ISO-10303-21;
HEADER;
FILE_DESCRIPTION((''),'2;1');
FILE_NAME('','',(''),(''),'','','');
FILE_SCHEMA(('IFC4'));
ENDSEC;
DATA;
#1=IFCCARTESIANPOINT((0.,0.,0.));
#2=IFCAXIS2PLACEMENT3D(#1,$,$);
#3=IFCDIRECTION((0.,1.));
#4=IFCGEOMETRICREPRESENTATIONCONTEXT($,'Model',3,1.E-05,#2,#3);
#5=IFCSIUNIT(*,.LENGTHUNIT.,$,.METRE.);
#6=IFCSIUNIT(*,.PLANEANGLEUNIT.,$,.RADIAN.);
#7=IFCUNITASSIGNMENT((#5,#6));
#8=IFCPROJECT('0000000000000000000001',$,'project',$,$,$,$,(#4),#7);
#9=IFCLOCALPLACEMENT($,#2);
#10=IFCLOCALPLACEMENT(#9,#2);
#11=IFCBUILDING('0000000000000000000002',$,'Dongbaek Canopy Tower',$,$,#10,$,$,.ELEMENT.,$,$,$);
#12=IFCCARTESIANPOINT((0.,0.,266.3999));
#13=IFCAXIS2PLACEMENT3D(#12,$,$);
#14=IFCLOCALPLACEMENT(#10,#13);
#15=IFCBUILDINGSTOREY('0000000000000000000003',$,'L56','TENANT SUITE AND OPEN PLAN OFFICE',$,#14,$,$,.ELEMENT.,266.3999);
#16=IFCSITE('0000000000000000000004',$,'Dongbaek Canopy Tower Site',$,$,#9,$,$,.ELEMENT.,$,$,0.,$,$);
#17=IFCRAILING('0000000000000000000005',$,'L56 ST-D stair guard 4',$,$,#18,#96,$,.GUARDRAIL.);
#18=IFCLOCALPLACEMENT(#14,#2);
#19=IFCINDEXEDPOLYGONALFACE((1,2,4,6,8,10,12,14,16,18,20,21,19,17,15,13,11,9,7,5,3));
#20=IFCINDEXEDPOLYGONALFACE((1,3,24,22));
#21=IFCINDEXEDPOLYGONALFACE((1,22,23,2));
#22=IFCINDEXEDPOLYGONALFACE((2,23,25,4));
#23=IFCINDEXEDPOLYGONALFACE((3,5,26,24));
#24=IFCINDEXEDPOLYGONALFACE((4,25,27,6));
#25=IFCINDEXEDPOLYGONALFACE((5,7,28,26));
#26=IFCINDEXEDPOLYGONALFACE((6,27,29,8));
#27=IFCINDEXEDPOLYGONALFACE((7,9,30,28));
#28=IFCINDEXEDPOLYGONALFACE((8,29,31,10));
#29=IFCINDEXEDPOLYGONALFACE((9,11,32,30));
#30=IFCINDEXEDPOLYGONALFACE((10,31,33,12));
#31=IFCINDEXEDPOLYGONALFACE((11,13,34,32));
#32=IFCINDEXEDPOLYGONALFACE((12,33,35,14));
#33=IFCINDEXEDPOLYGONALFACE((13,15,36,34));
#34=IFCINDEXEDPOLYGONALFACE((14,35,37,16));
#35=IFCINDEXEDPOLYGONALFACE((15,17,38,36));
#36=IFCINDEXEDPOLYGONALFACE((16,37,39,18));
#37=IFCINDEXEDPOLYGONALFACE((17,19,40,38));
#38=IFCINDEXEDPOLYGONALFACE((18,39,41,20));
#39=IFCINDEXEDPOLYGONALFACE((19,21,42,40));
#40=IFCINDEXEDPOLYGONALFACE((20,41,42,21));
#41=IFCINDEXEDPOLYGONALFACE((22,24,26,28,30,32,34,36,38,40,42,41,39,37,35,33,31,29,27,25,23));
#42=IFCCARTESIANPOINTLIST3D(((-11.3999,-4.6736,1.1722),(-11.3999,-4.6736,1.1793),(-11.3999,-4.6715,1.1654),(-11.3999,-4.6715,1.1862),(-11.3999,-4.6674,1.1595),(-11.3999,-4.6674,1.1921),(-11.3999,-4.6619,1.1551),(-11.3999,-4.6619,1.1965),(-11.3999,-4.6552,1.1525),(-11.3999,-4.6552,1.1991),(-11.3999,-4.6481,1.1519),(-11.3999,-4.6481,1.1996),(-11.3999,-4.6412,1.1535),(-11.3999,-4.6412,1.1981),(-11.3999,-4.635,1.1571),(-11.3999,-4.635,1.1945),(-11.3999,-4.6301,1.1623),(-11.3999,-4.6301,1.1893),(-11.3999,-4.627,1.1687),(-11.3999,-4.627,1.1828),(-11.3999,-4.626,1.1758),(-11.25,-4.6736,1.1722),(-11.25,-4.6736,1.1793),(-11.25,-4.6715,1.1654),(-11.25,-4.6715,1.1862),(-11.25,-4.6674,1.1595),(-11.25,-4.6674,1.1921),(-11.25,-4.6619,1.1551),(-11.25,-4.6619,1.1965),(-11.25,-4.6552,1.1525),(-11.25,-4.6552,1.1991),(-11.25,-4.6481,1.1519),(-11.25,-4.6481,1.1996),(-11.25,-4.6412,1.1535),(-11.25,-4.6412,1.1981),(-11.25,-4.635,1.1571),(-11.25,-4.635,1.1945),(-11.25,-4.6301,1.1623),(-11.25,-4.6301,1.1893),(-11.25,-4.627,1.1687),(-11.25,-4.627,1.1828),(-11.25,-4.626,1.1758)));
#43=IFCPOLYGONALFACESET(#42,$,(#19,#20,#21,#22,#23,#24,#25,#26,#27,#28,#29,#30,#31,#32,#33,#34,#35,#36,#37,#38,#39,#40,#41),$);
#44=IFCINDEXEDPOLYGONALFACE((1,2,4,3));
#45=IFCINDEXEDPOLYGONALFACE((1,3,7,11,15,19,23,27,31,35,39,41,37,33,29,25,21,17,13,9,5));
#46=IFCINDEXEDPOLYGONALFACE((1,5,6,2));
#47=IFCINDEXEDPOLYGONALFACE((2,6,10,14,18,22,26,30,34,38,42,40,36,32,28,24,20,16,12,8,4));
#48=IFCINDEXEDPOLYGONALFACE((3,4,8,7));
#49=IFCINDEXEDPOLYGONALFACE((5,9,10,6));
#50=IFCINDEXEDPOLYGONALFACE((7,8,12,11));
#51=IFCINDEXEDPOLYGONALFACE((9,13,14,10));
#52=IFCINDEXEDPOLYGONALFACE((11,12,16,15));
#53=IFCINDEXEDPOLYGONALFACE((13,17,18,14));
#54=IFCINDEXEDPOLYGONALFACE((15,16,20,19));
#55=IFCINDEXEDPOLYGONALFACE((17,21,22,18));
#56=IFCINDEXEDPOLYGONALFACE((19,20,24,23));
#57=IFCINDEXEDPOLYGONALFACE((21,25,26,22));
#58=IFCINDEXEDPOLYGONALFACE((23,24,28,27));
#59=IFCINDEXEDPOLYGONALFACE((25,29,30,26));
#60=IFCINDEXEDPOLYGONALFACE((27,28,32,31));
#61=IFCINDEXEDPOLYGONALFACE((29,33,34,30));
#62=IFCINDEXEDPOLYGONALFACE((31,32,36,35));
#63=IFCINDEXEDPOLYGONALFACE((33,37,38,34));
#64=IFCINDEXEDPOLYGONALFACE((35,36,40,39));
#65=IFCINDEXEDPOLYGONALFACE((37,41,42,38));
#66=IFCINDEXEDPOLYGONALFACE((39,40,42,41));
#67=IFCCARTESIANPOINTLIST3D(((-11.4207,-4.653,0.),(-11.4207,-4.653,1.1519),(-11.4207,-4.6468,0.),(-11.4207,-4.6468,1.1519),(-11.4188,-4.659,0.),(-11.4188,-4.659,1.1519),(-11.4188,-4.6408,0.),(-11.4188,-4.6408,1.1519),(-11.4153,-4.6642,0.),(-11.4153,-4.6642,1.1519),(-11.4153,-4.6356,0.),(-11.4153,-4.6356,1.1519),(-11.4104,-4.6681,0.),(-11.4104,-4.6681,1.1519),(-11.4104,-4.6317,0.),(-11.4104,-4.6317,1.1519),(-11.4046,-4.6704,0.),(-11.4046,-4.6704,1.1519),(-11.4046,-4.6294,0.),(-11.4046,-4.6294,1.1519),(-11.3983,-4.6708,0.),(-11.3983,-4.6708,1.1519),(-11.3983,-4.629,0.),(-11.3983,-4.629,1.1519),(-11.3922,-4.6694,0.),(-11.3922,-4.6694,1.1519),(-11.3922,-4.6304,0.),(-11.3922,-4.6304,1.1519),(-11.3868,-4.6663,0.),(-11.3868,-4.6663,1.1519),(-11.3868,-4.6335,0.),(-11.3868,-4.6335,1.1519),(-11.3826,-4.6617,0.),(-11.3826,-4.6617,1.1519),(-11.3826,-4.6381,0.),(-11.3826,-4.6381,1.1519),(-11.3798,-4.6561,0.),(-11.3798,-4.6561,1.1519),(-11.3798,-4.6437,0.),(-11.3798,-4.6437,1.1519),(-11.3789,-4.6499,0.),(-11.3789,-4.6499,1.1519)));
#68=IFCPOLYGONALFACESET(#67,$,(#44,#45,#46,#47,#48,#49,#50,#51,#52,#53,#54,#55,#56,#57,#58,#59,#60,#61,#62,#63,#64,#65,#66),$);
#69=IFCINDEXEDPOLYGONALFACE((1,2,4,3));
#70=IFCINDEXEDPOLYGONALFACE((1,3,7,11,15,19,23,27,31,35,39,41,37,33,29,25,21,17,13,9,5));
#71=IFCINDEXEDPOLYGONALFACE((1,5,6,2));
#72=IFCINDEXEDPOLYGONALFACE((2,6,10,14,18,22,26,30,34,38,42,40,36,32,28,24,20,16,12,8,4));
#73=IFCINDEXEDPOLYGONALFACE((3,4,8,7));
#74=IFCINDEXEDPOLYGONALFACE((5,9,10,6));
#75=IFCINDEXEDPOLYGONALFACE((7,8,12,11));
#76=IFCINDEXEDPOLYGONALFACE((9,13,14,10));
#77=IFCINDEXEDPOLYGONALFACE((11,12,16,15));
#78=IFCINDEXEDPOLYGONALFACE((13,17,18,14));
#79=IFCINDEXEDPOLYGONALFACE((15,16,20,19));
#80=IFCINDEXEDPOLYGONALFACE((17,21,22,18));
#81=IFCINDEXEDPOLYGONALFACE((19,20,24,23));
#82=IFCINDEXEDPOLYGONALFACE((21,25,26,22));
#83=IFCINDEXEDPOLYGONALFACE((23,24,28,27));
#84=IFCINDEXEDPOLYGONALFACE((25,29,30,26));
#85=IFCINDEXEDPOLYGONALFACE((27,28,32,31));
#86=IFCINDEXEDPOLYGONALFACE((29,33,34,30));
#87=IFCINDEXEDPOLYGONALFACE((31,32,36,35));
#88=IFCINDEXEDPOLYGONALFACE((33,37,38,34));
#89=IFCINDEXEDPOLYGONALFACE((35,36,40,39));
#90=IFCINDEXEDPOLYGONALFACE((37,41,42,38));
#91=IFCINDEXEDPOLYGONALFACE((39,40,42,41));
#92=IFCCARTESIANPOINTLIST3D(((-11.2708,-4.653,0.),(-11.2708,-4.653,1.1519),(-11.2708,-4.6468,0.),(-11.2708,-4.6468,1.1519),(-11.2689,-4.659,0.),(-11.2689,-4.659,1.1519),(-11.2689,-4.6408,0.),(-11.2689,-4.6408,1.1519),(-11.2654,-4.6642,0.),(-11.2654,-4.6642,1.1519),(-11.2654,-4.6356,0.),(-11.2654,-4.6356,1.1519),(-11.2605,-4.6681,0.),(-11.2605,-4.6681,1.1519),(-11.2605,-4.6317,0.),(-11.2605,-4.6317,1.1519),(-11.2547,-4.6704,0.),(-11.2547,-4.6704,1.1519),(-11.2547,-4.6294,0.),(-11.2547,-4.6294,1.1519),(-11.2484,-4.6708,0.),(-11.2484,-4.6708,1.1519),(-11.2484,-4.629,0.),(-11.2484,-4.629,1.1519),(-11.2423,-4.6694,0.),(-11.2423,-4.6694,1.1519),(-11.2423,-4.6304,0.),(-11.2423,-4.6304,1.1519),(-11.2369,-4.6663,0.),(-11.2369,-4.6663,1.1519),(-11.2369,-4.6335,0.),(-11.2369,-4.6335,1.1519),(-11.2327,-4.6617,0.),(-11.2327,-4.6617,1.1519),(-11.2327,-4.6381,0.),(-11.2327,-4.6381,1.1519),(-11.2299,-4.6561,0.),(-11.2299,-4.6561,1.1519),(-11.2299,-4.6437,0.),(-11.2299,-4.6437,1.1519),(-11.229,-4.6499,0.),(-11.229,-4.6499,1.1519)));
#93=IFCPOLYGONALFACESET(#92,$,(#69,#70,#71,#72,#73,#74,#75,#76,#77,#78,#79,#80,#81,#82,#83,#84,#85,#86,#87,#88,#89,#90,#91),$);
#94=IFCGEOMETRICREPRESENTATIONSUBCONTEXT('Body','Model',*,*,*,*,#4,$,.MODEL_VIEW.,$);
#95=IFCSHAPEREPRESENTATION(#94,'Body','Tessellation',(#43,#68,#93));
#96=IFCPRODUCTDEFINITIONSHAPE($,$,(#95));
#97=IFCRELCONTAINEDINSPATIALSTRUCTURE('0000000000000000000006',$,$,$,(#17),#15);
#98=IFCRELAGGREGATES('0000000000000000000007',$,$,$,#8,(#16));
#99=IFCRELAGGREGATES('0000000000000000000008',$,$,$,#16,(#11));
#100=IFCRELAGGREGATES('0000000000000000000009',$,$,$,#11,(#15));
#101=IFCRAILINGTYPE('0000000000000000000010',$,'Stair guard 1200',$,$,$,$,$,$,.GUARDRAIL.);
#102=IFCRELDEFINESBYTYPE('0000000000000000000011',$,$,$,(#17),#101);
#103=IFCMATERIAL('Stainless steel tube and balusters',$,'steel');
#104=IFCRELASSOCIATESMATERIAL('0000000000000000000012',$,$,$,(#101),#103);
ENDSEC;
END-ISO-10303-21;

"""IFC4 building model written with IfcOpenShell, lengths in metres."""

from ifc_helpers import new_model, si_unit, direction, frame, origin, origin_2d, place, context, subcontext, project, spatial, circle, extrude, material, type_object, element, save


model = new_model("IFC4")

# Units and contexts
model_context = context("Model", 3, precision=1e-05, world=origin(), true_north=direction((0.0, 1.0)))
body_context = subcontext(model_context, "Body", "Model", "MODEL_VIEW")
ifc_project = project(units=[si_unit("LENGTHUNIT", "METRE"), si_unit("PLANEANGLEUNIT", "RADIAN")], contexts=[model_context])

# Site, building, storey
site_placement = place(None, origin())
site = spatial("IfcSite", under=ifc_project, at=site_placement, Name="Dongbaek Canopy Tower Site", CompositionType="ELEMENT", RefElevation=0.0)
building_placement = place(site_placement, origin())
building = spatial("IfcBuilding", under=site, at=building_placement, Name="Dongbaek Canopy Tower", CompositionType="ELEMENT")
storey_placement = place(building_placement, frame((0.0, 0.0, 266.3999)))
storey = spatial("IfcBuildingStorey", under=building, at=storey_placement, Name="L56", Description="TENANT SUITE AND OPEN PLAN OFFICE", CompositionType="ELEMENT", Elevation=266.3999)

# Railing
ifc_material_1 = material(Name="Stainless steel tube and balusters", Category="steel")
railing_type_1 = type_object("IfcRailingType", Name="Stair guard 1200", PredefinedType="GUARDRAIL", material=ifc_material_1)
railing_1_placement = place(storey_placement, frame((-11.3999, -4.6499, 0.0)))
element("IfcRailing", 1, at=railing_1_placement, inside=storey, type_object=railing_type_1, Name="L56 ST-D stair guard 4", PredefinedType="GUARDRAIL", context=body_context, shape_type="SweptSolid", body=[
    extrude(circle(Radius=0.0239, at=origin_2d()), frame((0.0, 0.0, 1.1758), z_axis=(1.0, 0.0, 0.0), x_axis=(0.0, 1.0, 0.0)), (0.0, 0.0, 1.0), 0.1499),
    extrude(circle(Radius=0.021, at=origin_2d()), origin(), (0.0, 0.0, 1.0), 1.1519),
    extrude(circle(Radius=0.021, at=origin_2d()), frame((0.1499, 0.0, 0.0)), (0.0, 0.0, 1.0), 1.1519),
])

save(model, "model.ifc")
